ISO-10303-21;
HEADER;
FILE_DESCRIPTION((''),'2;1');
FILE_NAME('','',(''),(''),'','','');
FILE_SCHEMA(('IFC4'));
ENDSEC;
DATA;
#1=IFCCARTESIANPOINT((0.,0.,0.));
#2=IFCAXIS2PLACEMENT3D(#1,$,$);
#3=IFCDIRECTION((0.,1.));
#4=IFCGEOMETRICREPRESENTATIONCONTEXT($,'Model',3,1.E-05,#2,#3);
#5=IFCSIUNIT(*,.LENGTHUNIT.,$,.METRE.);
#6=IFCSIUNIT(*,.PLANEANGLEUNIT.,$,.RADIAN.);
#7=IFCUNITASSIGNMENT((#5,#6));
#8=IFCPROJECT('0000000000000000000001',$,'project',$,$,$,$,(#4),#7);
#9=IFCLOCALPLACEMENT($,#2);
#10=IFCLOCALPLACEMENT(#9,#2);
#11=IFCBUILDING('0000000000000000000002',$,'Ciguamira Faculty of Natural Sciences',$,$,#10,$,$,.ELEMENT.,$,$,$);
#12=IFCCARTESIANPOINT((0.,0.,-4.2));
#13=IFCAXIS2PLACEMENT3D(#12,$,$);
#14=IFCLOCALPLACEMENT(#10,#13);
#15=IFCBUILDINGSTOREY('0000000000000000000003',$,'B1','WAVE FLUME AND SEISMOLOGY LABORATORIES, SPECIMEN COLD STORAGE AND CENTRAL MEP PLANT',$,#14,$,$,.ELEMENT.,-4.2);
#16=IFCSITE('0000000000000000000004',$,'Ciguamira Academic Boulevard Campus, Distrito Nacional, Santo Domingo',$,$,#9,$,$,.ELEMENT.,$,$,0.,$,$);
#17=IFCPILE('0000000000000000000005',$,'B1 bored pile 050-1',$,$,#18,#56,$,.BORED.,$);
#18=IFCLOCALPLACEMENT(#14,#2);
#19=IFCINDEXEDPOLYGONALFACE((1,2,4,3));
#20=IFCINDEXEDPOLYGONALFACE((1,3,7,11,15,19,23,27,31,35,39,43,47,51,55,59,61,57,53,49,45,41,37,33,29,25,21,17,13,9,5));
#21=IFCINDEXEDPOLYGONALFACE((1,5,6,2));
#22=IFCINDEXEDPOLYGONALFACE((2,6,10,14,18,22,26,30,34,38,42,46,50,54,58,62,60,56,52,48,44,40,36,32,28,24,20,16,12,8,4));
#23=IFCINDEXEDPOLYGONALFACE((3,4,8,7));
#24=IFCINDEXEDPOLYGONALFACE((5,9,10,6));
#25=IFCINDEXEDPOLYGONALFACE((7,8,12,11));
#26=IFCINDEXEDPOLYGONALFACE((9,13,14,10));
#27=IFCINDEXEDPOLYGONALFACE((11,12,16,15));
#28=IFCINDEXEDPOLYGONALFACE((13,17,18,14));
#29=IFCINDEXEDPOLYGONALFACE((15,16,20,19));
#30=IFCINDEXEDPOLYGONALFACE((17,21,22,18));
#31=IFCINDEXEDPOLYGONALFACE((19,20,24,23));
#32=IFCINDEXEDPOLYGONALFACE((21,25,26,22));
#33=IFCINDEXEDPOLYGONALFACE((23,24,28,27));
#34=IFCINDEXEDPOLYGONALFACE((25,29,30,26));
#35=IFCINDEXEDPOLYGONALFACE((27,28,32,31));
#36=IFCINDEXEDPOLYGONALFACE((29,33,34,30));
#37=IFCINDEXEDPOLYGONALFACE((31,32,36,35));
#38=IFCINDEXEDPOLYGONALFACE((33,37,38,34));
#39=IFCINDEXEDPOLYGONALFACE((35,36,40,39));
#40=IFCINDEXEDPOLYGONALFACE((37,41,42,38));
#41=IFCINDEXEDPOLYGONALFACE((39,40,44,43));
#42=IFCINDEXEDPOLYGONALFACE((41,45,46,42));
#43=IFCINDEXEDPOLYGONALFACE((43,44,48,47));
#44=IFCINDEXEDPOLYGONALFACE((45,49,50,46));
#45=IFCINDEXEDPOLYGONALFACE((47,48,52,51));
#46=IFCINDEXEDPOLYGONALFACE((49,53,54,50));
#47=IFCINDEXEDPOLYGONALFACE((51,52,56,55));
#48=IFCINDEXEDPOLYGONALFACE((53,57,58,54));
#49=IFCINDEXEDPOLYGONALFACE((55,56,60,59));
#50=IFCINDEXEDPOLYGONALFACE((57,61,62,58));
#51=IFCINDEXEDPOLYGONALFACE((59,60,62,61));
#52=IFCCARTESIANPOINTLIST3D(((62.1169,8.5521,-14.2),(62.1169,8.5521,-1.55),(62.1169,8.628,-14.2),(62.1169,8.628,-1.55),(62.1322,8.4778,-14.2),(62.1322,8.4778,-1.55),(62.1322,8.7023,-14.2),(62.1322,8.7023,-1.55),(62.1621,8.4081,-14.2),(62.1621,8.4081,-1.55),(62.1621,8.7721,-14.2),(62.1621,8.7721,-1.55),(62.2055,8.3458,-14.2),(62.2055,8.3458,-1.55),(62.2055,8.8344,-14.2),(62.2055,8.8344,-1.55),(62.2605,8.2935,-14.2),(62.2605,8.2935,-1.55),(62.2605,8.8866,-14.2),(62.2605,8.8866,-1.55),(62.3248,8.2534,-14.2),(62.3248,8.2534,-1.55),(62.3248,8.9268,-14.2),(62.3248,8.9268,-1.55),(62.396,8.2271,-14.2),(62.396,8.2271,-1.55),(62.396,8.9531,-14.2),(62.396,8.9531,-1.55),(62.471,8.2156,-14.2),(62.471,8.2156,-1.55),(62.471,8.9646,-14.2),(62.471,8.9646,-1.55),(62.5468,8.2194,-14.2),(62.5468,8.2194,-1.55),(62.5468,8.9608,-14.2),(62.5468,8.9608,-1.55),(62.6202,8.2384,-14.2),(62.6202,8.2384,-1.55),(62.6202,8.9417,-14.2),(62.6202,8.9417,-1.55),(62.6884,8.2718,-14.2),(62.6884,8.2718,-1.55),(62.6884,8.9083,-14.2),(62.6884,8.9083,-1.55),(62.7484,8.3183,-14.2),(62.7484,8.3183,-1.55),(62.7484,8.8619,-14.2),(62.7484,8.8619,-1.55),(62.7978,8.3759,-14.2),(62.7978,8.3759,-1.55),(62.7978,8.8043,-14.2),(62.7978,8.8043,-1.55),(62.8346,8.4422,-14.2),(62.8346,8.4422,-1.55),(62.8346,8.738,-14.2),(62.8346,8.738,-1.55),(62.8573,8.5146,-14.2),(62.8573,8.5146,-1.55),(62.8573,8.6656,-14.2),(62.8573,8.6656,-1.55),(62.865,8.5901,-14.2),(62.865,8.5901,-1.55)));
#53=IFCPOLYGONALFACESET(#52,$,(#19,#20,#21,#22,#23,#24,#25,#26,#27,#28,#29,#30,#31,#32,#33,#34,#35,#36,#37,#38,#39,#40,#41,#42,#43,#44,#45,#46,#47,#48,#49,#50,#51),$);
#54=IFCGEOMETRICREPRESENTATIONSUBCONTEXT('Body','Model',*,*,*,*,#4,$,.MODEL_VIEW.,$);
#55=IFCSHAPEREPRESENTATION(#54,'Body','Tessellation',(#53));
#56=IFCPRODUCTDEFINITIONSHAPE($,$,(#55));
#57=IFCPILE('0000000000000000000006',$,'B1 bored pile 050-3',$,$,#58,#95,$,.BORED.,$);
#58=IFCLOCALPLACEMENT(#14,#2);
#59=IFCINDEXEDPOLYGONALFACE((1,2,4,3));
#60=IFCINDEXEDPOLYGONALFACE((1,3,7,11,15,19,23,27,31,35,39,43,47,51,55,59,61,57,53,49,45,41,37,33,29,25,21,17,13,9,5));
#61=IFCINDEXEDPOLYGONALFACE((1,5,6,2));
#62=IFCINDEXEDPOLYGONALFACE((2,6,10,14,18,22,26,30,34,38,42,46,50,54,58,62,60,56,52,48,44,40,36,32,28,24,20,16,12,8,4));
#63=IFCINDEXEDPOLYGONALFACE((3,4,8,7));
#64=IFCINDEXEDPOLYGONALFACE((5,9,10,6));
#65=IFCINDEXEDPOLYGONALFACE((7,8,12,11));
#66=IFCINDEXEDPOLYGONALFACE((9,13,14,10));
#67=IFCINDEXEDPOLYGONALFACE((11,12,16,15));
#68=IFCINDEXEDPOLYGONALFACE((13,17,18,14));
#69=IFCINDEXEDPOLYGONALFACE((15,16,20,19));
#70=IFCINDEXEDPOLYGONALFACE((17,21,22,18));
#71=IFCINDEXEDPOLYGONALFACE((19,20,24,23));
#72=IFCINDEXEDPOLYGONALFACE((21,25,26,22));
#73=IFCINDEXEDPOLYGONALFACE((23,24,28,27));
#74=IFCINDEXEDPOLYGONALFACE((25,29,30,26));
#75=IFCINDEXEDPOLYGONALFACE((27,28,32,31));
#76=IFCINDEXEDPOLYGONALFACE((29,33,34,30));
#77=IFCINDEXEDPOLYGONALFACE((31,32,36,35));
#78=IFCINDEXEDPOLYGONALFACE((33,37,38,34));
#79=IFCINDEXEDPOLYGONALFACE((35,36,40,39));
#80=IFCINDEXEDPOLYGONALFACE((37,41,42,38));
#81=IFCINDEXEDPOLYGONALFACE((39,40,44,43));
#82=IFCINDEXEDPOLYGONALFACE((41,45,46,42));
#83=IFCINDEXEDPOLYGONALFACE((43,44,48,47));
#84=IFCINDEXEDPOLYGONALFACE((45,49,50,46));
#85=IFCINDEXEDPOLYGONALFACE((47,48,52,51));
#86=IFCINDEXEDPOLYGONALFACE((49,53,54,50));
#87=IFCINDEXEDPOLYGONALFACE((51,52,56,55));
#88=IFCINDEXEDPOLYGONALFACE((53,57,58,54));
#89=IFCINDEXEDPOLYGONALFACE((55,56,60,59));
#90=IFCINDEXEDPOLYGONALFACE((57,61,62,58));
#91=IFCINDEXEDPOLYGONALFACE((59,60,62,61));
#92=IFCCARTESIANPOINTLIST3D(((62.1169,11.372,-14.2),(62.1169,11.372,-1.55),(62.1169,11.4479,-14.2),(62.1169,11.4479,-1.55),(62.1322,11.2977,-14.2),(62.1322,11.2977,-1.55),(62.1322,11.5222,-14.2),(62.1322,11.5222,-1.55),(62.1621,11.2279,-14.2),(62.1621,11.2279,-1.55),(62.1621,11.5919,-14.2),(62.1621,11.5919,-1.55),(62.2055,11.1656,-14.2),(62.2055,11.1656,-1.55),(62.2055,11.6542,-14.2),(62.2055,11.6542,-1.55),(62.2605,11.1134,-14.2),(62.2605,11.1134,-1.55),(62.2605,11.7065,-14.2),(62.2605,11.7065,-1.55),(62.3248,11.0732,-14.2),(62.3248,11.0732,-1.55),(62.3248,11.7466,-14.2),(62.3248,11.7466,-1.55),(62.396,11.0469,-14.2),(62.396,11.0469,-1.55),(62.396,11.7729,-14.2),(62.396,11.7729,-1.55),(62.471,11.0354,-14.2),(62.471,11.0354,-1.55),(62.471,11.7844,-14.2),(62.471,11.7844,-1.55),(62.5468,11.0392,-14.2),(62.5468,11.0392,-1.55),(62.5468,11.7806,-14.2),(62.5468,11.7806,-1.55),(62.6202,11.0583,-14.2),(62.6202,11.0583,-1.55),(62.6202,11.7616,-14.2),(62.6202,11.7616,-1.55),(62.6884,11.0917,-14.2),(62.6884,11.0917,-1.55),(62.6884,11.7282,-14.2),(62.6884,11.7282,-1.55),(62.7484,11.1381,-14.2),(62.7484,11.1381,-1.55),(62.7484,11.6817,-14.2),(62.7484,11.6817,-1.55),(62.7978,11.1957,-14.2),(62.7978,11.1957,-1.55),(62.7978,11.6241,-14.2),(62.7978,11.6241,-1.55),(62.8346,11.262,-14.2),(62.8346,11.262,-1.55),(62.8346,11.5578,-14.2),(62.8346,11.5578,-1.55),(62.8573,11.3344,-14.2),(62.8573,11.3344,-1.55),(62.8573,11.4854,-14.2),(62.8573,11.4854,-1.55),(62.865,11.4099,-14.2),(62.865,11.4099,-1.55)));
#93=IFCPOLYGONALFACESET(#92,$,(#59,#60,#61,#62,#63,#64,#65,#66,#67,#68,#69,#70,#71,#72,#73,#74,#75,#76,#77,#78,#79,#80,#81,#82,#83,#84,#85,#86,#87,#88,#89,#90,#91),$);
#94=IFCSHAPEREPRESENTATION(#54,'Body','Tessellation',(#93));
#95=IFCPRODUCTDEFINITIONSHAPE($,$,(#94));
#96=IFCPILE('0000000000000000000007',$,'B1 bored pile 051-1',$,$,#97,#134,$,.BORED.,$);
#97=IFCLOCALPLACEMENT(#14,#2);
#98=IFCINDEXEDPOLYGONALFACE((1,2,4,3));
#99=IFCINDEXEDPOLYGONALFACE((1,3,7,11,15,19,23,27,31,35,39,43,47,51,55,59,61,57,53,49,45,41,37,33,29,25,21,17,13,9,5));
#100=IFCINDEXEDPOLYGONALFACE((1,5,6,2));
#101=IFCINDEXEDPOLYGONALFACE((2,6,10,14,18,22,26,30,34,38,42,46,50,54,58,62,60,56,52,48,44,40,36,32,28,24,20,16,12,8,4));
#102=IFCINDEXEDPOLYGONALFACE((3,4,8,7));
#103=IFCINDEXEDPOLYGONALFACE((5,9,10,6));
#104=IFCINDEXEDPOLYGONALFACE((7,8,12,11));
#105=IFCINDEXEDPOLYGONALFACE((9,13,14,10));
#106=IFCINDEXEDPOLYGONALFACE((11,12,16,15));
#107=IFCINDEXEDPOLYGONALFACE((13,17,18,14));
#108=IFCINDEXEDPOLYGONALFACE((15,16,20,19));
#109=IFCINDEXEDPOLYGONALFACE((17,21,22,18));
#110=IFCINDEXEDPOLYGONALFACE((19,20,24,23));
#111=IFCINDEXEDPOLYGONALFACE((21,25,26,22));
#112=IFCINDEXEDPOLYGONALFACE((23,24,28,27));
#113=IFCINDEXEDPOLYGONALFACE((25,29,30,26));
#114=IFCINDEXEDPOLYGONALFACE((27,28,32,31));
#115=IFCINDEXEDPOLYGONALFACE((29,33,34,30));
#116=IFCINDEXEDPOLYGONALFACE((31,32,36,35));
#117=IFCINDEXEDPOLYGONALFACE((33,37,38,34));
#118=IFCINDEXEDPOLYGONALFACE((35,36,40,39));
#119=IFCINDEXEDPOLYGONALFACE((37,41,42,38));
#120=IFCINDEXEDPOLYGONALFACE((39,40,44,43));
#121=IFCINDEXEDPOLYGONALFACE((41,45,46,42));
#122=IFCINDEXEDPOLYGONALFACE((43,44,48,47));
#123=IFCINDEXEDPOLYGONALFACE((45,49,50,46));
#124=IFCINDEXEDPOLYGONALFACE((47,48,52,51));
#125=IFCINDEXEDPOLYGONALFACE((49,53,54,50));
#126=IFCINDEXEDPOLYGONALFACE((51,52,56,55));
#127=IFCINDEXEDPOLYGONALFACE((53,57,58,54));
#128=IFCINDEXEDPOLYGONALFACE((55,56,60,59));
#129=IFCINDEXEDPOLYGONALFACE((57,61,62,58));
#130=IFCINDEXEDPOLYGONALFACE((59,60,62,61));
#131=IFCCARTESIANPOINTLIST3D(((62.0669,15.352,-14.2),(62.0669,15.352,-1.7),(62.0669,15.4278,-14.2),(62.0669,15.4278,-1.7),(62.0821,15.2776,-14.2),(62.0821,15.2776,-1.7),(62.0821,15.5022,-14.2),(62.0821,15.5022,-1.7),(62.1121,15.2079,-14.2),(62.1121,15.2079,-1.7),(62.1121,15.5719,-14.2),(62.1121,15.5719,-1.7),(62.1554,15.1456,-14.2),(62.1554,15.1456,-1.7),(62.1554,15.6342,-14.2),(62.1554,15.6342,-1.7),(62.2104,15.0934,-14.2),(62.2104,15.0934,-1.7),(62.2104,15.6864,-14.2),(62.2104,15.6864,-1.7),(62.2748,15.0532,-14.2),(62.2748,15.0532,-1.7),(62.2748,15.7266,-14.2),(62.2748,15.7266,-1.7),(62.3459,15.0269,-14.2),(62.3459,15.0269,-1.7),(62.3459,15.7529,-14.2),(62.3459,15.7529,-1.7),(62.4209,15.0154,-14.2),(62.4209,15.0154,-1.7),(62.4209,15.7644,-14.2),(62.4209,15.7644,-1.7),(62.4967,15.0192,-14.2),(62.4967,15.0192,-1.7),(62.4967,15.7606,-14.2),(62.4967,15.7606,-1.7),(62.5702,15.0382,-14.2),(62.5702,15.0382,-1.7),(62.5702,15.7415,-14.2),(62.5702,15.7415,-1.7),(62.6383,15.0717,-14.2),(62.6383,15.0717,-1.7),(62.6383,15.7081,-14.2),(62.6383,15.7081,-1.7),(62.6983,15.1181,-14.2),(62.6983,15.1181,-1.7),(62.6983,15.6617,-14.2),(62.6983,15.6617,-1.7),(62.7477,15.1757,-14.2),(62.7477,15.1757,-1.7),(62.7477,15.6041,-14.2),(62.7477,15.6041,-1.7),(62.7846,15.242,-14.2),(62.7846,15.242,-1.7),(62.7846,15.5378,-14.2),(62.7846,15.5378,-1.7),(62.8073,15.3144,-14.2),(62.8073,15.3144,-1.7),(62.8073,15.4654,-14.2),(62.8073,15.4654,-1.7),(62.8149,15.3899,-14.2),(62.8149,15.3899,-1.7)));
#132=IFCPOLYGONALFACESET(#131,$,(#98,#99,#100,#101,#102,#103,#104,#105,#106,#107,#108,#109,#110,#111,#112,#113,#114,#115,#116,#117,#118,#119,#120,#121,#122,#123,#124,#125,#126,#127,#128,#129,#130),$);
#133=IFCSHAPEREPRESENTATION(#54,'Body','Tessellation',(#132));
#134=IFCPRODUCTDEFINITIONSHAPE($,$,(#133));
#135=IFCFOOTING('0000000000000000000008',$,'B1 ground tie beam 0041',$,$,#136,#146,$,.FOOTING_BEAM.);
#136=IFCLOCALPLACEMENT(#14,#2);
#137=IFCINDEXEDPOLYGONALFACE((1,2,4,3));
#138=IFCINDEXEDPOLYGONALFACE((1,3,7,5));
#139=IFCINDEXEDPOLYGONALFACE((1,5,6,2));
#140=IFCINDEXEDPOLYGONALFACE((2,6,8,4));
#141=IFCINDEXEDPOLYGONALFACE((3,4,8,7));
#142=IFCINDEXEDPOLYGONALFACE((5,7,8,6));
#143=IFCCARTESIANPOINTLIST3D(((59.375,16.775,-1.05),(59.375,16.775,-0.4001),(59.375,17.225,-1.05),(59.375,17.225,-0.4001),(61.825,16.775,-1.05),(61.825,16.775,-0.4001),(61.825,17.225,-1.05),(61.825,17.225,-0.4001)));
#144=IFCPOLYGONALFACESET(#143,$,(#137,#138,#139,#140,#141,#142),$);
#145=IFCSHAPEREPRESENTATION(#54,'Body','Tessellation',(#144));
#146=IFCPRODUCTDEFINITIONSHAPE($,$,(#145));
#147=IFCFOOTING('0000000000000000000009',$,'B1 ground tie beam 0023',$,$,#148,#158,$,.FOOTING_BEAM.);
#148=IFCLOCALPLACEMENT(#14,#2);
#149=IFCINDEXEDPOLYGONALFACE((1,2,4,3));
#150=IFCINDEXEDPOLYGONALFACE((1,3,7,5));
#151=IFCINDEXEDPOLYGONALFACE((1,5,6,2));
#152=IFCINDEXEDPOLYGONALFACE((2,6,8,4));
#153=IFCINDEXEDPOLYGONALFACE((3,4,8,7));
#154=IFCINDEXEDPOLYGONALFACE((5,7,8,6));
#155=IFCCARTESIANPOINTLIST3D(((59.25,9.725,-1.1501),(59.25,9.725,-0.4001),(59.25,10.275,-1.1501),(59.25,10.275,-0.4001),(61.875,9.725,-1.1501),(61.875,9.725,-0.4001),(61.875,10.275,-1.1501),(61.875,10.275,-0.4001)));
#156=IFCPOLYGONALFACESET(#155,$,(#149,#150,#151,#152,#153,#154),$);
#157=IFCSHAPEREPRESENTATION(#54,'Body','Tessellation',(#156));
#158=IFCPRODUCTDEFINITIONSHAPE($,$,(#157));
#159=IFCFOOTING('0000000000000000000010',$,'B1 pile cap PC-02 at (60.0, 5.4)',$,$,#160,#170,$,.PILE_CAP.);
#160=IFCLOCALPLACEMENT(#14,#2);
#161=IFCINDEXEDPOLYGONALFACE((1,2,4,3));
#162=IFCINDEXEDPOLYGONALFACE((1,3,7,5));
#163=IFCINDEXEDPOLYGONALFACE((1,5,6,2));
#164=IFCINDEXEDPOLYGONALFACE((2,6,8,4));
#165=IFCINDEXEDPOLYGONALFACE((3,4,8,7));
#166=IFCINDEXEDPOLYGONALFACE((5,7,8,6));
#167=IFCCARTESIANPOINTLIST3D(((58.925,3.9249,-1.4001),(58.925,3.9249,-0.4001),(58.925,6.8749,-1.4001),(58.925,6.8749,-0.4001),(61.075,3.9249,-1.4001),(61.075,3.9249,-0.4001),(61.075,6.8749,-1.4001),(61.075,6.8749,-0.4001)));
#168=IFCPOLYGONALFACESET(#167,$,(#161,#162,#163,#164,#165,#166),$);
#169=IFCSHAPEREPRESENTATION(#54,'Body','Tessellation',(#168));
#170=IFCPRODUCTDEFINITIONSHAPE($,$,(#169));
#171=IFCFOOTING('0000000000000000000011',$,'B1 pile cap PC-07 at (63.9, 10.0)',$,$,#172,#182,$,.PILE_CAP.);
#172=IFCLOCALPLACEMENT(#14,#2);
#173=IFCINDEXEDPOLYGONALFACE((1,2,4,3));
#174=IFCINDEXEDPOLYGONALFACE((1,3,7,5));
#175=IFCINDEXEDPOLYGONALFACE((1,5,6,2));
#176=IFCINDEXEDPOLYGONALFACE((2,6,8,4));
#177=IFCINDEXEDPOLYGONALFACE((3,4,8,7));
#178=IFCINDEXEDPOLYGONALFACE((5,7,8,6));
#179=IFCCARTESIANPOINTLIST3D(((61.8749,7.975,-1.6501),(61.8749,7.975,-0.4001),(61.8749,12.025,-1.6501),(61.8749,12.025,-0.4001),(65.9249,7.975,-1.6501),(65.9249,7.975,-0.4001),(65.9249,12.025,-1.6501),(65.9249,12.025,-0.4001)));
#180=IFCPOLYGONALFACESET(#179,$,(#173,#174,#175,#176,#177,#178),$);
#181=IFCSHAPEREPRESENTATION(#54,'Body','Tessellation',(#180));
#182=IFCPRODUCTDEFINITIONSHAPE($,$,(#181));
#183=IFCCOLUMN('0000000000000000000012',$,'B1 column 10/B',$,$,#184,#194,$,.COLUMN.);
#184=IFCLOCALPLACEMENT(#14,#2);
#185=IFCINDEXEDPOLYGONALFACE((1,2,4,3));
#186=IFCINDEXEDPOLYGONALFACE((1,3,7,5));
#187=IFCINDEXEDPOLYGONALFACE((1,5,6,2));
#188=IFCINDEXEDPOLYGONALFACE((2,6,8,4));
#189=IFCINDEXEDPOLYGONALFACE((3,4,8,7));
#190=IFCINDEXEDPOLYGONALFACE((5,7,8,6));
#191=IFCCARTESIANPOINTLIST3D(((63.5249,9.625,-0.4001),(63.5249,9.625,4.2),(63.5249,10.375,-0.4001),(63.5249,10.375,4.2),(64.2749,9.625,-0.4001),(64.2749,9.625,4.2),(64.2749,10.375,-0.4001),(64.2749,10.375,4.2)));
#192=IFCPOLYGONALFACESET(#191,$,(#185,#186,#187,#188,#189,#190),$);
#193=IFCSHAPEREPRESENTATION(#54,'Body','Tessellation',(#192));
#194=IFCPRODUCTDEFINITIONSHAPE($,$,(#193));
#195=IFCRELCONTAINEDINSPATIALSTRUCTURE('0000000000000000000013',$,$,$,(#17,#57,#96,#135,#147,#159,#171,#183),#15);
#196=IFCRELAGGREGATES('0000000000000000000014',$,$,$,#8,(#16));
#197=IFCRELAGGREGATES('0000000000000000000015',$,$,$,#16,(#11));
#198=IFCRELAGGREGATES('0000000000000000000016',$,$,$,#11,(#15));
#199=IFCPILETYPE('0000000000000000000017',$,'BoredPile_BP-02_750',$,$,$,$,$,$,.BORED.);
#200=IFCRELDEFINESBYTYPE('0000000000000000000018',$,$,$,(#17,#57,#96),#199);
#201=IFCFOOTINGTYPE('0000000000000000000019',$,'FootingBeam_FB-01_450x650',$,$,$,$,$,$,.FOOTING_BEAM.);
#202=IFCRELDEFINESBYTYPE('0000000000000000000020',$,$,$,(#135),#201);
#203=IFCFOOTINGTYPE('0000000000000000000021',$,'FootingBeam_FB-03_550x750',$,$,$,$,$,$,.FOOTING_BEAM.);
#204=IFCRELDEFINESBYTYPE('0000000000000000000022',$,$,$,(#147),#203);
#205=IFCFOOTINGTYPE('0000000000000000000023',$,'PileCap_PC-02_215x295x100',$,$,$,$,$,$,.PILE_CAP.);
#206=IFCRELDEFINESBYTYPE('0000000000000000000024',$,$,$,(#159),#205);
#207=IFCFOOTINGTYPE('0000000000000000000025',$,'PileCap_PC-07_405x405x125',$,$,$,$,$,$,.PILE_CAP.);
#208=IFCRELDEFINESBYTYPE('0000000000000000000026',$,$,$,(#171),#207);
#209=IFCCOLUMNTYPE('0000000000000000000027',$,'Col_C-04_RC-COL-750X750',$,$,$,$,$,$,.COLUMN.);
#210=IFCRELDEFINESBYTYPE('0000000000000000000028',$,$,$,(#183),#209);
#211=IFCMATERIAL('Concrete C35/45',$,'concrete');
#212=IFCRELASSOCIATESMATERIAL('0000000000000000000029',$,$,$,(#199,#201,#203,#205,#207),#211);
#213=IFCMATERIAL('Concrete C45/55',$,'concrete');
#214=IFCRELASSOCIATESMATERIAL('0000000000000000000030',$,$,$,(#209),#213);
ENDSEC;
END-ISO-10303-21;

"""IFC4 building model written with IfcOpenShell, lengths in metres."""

from ifc_helpers import new_model, si_unit, direction, frame, origin, origin_2d, place, context, subcontext, project, spatial, rectangle, circle, extrude, material, material_profile, profile_set, type_object, element, save


model = new_model("IFC4")

# Units and contexts
model_context = context("Model", 3, precision=1e-05, world=origin(), true_north=direction((0.0, 1.0)))
body_context = subcontext(model_context, "Body", "Model", "MODEL_VIEW")
ifc_project = project(units=[si_unit("LENGTHUNIT", "METRE"), si_unit("PLANEANGLEUNIT", "RADIAN")], contexts=[model_context])

# Site, building, storey
site_placement = place(None, origin())
site = spatial("IfcSite", under=ifc_project, at=site_placement, Name="Ciguamira Academic Boulevard Campus, Distrito Nacional, Santo Domingo", CompositionType="ELEMENT", RefElevation=0.0)
building_placement = place(site_placement, origin())
building = spatial("IfcBuilding", under=site, at=building_placement, Name="Ciguamira Faculty of Natural Sciences", CompositionType="ELEMENT")
storey_placement = place(building_placement, frame((0.0, 0.0, -4.2)))
storey = spatial("IfcBuildingStorey", under=building, at=storey_placement, Name="B1", Description="WAVE FLUME AND SEISMOLOGY LABORATORIES, SPECIMEN COLD STORAGE AND CENTRAL MEP PLANT", CompositionType="ELEMENT", Elevation=-4.2)

# Piles
ifc_material_1 = material(Name="Concrete C35/45", Category="concrete")
ifc_material_profile_1 = material_profile(ifc_material_1, circle(Radius=0.375, at=origin_2d()), Name="PILE-BORED-750")
ifc_profile_set_1 = profile_set([ifc_material_profile_1], Name="Concrete C35/45")
pile_type_1 = type_object("IfcPileType", Name="BoredPile_BP-02_750", PredefinedType="BORED", material=ifc_profile_set_1)
for number, where, z_axis, x_axis, name in (
    (1, (62.49, 8.5901, -1.55), (0.0, 0.0, -1.0), (1.0, 0.0, 0.0), "B1 bored pile 050-1"),
    (2, (62.49, 11.4099, -1.55), (0.0, 0.0, -1.0), (1.0, 0.0, 0.0), "B1 bored pile 050-3"),
):
    element("IfcPile", number, at=place(storey_placement, frame(where, z_axis=z_axis, x_axis=x_axis)), inside=storey, type_object=pile_type_1, Name=name, PredefinedType="BORED", context=body_context, shape_type="SweptSolid", body=[
        extrude(circle(Radius=0.375, at=origin_2d()), origin(), (0.0, 0.0, 1.0), 12.6499),
    ])
pile_1_placement = place(storey_placement, frame((62.4399, 15.3899, -1.7), z_axis=(0.0, 0.0, -1.0), x_axis=(1.0, 0.0, 0.0)))
element("IfcPile", 3, at=pile_1_placement, inside=storey, type_object=pile_type_1, Name="B1 bored pile 051-1", PredefinedType="BORED", context=body_context, shape_type="SweptSolid", body=[
    extrude(circle(Radius=0.375, at=origin_2d()), origin(), (0.0, 0.0, 1.0), 12.5),
])

# Footings
ifc_material_profile_2 = material_profile(ifc_material_1, rectangle(XDim=0.45, YDim=0.6499, at=origin_2d()), Name="RC-FB-450X650")
ifc_profile_set_2 = profile_set([ifc_material_profile_2], Name="Concrete C35/45")
footing_type_1 = type_object("IfcFootingType", Name="FootingBeam_FB-01_450x650", PredefinedType="FOOTING_BEAM", material=ifc_profile_set_2)
footing_1_placement = place(storey_placement, frame((59.375, 17.0, -0.7251), z_axis=(1.0, 0.0, 0.0), x_axis=(0.0, 1.0, 0.0)))
element("IfcFooting", 4, at=footing_1_placement, inside=storey, type_object=footing_type_1, Name="B1 ground tie beam 0041", PredefinedType="FOOTING_BEAM", context=body_context, shape_type="SweptSolid", body=[
    extrude(rectangle(XDim=0.45, YDim=0.6499, at=origin_2d()), origin(), (0.0, 0.0, 1.0), 2.45),
])
ifc_material_profile_3 = material_profile(ifc_material_1, rectangle(XDim=0.55, YDim=0.75, at=origin_2d()), Name="RC-FB-550X750")
ifc_profile_set_3 = profile_set([ifc_material_profile_3], Name="Concrete C35/45")
footing_type_2 = type_object("IfcFootingType", Name="FootingBeam_FB-03_550x750", PredefinedType="FOOTING_BEAM", material=ifc_profile_set_3)
footing_2_placement = place(storey_placement, frame((59.25, 10.0, -0.7751), z_axis=(1.0, 0.0, 0.0), x_axis=(0.0, 1.0, 0.0)))
element("IfcFooting", 5, at=footing_2_placement, inside=storey, type_object=footing_type_2, Name="B1 ground tie beam 0023", PredefinedType="FOOTING_BEAM", context=body_context, shape_type="SweptSolid", body=[
    extrude(rectangle(XDim=0.55, YDim=0.75, at=origin_2d()), origin(), (0.0, 0.0, 1.0), 2.625),
])
footing_type_3 = type_object("IfcFootingType", Name="PileCap_PC-02_215x295x100", PredefinedType="PILE_CAP", material=ifc_material_1)
footing_3_placement = place(storey_placement, frame((60.0, 5.3999, -1.4001), z_axis=(0.0, 0.0, 1.0), x_axis=(1.0, 0.0, 0.0)))
element("IfcFooting", 6, at=footing_3_placement, inside=storey, type_object=footing_type_3, Name="B1 pile cap PC-02 at (60.0, 5.4)", PredefinedType="PILE_CAP", context=body_context, shape_type="SweptSolid", body=[
    extrude(rectangle(XDim=2.1499, YDim=2.95, at=origin_2d()), origin(), (0.0, 0.0, 1.0), 1.0),
])
footing_type_4 = type_object("IfcFootingType", Name="PileCap_PC-07_405x405x125", PredefinedType="PILE_CAP", material=ifc_material_1)
footing_4_placement = place(storey_placement, frame((63.8999, 10.0, -1.6501), z_axis=(0.0, 0.0, 1.0), x_axis=(1.0, 0.0, 0.0)))
element("IfcFooting", 7, at=footing_4_placement, inside=storey, type_object=footing_type_4, Name="B1 pile cap PC-07 at (63.9, 10.0)", PredefinedType="PILE_CAP", context=body_context, shape_type="SweptSolid", body=[
    extrude(rectangle(XDim=4.05, YDim=4.05, at=origin_2d()), origin(), (0.0, 0.0, 1.0), 1.25),
])

# Column
ifc_material_2 = material(Name="Concrete C45/55", Category="concrete")
ifc_material_profile_4 = material_profile(ifc_material_2, rectangle(XDim=0.75, YDim=0.75, at=origin_2d()), Name="RC-COL-750X750")
ifc_profile_set_4 = profile_set([ifc_material_profile_4], Name="Concrete C45/55")
column_type_1 = type_object("IfcColumnType", Name="Col_C-04_RC-COL-750X750", PredefinedType="COLUMN", material=ifc_profile_set_4)
column_1_placement = place(storey_placement, frame((63.8999, 10.0, -0.4001), z_axis=(0.0, 0.0, 1.0), x_axis=(1.0, 0.0, 0.0)))
element("IfcColumn", 8, at=column_1_placement, inside=storey, type_object=column_type_1, Name="B1 column 10/B", PredefinedType="COLUMN", context=body_context, shape_type="SweptSolid", body=[
    extrude(rectangle(XDim=0.75, YDim=0.75, at=origin_2d()), origin(), (0.0, 0.0, 1.0), 4.6001),
])

save(model, "model.ifc")
